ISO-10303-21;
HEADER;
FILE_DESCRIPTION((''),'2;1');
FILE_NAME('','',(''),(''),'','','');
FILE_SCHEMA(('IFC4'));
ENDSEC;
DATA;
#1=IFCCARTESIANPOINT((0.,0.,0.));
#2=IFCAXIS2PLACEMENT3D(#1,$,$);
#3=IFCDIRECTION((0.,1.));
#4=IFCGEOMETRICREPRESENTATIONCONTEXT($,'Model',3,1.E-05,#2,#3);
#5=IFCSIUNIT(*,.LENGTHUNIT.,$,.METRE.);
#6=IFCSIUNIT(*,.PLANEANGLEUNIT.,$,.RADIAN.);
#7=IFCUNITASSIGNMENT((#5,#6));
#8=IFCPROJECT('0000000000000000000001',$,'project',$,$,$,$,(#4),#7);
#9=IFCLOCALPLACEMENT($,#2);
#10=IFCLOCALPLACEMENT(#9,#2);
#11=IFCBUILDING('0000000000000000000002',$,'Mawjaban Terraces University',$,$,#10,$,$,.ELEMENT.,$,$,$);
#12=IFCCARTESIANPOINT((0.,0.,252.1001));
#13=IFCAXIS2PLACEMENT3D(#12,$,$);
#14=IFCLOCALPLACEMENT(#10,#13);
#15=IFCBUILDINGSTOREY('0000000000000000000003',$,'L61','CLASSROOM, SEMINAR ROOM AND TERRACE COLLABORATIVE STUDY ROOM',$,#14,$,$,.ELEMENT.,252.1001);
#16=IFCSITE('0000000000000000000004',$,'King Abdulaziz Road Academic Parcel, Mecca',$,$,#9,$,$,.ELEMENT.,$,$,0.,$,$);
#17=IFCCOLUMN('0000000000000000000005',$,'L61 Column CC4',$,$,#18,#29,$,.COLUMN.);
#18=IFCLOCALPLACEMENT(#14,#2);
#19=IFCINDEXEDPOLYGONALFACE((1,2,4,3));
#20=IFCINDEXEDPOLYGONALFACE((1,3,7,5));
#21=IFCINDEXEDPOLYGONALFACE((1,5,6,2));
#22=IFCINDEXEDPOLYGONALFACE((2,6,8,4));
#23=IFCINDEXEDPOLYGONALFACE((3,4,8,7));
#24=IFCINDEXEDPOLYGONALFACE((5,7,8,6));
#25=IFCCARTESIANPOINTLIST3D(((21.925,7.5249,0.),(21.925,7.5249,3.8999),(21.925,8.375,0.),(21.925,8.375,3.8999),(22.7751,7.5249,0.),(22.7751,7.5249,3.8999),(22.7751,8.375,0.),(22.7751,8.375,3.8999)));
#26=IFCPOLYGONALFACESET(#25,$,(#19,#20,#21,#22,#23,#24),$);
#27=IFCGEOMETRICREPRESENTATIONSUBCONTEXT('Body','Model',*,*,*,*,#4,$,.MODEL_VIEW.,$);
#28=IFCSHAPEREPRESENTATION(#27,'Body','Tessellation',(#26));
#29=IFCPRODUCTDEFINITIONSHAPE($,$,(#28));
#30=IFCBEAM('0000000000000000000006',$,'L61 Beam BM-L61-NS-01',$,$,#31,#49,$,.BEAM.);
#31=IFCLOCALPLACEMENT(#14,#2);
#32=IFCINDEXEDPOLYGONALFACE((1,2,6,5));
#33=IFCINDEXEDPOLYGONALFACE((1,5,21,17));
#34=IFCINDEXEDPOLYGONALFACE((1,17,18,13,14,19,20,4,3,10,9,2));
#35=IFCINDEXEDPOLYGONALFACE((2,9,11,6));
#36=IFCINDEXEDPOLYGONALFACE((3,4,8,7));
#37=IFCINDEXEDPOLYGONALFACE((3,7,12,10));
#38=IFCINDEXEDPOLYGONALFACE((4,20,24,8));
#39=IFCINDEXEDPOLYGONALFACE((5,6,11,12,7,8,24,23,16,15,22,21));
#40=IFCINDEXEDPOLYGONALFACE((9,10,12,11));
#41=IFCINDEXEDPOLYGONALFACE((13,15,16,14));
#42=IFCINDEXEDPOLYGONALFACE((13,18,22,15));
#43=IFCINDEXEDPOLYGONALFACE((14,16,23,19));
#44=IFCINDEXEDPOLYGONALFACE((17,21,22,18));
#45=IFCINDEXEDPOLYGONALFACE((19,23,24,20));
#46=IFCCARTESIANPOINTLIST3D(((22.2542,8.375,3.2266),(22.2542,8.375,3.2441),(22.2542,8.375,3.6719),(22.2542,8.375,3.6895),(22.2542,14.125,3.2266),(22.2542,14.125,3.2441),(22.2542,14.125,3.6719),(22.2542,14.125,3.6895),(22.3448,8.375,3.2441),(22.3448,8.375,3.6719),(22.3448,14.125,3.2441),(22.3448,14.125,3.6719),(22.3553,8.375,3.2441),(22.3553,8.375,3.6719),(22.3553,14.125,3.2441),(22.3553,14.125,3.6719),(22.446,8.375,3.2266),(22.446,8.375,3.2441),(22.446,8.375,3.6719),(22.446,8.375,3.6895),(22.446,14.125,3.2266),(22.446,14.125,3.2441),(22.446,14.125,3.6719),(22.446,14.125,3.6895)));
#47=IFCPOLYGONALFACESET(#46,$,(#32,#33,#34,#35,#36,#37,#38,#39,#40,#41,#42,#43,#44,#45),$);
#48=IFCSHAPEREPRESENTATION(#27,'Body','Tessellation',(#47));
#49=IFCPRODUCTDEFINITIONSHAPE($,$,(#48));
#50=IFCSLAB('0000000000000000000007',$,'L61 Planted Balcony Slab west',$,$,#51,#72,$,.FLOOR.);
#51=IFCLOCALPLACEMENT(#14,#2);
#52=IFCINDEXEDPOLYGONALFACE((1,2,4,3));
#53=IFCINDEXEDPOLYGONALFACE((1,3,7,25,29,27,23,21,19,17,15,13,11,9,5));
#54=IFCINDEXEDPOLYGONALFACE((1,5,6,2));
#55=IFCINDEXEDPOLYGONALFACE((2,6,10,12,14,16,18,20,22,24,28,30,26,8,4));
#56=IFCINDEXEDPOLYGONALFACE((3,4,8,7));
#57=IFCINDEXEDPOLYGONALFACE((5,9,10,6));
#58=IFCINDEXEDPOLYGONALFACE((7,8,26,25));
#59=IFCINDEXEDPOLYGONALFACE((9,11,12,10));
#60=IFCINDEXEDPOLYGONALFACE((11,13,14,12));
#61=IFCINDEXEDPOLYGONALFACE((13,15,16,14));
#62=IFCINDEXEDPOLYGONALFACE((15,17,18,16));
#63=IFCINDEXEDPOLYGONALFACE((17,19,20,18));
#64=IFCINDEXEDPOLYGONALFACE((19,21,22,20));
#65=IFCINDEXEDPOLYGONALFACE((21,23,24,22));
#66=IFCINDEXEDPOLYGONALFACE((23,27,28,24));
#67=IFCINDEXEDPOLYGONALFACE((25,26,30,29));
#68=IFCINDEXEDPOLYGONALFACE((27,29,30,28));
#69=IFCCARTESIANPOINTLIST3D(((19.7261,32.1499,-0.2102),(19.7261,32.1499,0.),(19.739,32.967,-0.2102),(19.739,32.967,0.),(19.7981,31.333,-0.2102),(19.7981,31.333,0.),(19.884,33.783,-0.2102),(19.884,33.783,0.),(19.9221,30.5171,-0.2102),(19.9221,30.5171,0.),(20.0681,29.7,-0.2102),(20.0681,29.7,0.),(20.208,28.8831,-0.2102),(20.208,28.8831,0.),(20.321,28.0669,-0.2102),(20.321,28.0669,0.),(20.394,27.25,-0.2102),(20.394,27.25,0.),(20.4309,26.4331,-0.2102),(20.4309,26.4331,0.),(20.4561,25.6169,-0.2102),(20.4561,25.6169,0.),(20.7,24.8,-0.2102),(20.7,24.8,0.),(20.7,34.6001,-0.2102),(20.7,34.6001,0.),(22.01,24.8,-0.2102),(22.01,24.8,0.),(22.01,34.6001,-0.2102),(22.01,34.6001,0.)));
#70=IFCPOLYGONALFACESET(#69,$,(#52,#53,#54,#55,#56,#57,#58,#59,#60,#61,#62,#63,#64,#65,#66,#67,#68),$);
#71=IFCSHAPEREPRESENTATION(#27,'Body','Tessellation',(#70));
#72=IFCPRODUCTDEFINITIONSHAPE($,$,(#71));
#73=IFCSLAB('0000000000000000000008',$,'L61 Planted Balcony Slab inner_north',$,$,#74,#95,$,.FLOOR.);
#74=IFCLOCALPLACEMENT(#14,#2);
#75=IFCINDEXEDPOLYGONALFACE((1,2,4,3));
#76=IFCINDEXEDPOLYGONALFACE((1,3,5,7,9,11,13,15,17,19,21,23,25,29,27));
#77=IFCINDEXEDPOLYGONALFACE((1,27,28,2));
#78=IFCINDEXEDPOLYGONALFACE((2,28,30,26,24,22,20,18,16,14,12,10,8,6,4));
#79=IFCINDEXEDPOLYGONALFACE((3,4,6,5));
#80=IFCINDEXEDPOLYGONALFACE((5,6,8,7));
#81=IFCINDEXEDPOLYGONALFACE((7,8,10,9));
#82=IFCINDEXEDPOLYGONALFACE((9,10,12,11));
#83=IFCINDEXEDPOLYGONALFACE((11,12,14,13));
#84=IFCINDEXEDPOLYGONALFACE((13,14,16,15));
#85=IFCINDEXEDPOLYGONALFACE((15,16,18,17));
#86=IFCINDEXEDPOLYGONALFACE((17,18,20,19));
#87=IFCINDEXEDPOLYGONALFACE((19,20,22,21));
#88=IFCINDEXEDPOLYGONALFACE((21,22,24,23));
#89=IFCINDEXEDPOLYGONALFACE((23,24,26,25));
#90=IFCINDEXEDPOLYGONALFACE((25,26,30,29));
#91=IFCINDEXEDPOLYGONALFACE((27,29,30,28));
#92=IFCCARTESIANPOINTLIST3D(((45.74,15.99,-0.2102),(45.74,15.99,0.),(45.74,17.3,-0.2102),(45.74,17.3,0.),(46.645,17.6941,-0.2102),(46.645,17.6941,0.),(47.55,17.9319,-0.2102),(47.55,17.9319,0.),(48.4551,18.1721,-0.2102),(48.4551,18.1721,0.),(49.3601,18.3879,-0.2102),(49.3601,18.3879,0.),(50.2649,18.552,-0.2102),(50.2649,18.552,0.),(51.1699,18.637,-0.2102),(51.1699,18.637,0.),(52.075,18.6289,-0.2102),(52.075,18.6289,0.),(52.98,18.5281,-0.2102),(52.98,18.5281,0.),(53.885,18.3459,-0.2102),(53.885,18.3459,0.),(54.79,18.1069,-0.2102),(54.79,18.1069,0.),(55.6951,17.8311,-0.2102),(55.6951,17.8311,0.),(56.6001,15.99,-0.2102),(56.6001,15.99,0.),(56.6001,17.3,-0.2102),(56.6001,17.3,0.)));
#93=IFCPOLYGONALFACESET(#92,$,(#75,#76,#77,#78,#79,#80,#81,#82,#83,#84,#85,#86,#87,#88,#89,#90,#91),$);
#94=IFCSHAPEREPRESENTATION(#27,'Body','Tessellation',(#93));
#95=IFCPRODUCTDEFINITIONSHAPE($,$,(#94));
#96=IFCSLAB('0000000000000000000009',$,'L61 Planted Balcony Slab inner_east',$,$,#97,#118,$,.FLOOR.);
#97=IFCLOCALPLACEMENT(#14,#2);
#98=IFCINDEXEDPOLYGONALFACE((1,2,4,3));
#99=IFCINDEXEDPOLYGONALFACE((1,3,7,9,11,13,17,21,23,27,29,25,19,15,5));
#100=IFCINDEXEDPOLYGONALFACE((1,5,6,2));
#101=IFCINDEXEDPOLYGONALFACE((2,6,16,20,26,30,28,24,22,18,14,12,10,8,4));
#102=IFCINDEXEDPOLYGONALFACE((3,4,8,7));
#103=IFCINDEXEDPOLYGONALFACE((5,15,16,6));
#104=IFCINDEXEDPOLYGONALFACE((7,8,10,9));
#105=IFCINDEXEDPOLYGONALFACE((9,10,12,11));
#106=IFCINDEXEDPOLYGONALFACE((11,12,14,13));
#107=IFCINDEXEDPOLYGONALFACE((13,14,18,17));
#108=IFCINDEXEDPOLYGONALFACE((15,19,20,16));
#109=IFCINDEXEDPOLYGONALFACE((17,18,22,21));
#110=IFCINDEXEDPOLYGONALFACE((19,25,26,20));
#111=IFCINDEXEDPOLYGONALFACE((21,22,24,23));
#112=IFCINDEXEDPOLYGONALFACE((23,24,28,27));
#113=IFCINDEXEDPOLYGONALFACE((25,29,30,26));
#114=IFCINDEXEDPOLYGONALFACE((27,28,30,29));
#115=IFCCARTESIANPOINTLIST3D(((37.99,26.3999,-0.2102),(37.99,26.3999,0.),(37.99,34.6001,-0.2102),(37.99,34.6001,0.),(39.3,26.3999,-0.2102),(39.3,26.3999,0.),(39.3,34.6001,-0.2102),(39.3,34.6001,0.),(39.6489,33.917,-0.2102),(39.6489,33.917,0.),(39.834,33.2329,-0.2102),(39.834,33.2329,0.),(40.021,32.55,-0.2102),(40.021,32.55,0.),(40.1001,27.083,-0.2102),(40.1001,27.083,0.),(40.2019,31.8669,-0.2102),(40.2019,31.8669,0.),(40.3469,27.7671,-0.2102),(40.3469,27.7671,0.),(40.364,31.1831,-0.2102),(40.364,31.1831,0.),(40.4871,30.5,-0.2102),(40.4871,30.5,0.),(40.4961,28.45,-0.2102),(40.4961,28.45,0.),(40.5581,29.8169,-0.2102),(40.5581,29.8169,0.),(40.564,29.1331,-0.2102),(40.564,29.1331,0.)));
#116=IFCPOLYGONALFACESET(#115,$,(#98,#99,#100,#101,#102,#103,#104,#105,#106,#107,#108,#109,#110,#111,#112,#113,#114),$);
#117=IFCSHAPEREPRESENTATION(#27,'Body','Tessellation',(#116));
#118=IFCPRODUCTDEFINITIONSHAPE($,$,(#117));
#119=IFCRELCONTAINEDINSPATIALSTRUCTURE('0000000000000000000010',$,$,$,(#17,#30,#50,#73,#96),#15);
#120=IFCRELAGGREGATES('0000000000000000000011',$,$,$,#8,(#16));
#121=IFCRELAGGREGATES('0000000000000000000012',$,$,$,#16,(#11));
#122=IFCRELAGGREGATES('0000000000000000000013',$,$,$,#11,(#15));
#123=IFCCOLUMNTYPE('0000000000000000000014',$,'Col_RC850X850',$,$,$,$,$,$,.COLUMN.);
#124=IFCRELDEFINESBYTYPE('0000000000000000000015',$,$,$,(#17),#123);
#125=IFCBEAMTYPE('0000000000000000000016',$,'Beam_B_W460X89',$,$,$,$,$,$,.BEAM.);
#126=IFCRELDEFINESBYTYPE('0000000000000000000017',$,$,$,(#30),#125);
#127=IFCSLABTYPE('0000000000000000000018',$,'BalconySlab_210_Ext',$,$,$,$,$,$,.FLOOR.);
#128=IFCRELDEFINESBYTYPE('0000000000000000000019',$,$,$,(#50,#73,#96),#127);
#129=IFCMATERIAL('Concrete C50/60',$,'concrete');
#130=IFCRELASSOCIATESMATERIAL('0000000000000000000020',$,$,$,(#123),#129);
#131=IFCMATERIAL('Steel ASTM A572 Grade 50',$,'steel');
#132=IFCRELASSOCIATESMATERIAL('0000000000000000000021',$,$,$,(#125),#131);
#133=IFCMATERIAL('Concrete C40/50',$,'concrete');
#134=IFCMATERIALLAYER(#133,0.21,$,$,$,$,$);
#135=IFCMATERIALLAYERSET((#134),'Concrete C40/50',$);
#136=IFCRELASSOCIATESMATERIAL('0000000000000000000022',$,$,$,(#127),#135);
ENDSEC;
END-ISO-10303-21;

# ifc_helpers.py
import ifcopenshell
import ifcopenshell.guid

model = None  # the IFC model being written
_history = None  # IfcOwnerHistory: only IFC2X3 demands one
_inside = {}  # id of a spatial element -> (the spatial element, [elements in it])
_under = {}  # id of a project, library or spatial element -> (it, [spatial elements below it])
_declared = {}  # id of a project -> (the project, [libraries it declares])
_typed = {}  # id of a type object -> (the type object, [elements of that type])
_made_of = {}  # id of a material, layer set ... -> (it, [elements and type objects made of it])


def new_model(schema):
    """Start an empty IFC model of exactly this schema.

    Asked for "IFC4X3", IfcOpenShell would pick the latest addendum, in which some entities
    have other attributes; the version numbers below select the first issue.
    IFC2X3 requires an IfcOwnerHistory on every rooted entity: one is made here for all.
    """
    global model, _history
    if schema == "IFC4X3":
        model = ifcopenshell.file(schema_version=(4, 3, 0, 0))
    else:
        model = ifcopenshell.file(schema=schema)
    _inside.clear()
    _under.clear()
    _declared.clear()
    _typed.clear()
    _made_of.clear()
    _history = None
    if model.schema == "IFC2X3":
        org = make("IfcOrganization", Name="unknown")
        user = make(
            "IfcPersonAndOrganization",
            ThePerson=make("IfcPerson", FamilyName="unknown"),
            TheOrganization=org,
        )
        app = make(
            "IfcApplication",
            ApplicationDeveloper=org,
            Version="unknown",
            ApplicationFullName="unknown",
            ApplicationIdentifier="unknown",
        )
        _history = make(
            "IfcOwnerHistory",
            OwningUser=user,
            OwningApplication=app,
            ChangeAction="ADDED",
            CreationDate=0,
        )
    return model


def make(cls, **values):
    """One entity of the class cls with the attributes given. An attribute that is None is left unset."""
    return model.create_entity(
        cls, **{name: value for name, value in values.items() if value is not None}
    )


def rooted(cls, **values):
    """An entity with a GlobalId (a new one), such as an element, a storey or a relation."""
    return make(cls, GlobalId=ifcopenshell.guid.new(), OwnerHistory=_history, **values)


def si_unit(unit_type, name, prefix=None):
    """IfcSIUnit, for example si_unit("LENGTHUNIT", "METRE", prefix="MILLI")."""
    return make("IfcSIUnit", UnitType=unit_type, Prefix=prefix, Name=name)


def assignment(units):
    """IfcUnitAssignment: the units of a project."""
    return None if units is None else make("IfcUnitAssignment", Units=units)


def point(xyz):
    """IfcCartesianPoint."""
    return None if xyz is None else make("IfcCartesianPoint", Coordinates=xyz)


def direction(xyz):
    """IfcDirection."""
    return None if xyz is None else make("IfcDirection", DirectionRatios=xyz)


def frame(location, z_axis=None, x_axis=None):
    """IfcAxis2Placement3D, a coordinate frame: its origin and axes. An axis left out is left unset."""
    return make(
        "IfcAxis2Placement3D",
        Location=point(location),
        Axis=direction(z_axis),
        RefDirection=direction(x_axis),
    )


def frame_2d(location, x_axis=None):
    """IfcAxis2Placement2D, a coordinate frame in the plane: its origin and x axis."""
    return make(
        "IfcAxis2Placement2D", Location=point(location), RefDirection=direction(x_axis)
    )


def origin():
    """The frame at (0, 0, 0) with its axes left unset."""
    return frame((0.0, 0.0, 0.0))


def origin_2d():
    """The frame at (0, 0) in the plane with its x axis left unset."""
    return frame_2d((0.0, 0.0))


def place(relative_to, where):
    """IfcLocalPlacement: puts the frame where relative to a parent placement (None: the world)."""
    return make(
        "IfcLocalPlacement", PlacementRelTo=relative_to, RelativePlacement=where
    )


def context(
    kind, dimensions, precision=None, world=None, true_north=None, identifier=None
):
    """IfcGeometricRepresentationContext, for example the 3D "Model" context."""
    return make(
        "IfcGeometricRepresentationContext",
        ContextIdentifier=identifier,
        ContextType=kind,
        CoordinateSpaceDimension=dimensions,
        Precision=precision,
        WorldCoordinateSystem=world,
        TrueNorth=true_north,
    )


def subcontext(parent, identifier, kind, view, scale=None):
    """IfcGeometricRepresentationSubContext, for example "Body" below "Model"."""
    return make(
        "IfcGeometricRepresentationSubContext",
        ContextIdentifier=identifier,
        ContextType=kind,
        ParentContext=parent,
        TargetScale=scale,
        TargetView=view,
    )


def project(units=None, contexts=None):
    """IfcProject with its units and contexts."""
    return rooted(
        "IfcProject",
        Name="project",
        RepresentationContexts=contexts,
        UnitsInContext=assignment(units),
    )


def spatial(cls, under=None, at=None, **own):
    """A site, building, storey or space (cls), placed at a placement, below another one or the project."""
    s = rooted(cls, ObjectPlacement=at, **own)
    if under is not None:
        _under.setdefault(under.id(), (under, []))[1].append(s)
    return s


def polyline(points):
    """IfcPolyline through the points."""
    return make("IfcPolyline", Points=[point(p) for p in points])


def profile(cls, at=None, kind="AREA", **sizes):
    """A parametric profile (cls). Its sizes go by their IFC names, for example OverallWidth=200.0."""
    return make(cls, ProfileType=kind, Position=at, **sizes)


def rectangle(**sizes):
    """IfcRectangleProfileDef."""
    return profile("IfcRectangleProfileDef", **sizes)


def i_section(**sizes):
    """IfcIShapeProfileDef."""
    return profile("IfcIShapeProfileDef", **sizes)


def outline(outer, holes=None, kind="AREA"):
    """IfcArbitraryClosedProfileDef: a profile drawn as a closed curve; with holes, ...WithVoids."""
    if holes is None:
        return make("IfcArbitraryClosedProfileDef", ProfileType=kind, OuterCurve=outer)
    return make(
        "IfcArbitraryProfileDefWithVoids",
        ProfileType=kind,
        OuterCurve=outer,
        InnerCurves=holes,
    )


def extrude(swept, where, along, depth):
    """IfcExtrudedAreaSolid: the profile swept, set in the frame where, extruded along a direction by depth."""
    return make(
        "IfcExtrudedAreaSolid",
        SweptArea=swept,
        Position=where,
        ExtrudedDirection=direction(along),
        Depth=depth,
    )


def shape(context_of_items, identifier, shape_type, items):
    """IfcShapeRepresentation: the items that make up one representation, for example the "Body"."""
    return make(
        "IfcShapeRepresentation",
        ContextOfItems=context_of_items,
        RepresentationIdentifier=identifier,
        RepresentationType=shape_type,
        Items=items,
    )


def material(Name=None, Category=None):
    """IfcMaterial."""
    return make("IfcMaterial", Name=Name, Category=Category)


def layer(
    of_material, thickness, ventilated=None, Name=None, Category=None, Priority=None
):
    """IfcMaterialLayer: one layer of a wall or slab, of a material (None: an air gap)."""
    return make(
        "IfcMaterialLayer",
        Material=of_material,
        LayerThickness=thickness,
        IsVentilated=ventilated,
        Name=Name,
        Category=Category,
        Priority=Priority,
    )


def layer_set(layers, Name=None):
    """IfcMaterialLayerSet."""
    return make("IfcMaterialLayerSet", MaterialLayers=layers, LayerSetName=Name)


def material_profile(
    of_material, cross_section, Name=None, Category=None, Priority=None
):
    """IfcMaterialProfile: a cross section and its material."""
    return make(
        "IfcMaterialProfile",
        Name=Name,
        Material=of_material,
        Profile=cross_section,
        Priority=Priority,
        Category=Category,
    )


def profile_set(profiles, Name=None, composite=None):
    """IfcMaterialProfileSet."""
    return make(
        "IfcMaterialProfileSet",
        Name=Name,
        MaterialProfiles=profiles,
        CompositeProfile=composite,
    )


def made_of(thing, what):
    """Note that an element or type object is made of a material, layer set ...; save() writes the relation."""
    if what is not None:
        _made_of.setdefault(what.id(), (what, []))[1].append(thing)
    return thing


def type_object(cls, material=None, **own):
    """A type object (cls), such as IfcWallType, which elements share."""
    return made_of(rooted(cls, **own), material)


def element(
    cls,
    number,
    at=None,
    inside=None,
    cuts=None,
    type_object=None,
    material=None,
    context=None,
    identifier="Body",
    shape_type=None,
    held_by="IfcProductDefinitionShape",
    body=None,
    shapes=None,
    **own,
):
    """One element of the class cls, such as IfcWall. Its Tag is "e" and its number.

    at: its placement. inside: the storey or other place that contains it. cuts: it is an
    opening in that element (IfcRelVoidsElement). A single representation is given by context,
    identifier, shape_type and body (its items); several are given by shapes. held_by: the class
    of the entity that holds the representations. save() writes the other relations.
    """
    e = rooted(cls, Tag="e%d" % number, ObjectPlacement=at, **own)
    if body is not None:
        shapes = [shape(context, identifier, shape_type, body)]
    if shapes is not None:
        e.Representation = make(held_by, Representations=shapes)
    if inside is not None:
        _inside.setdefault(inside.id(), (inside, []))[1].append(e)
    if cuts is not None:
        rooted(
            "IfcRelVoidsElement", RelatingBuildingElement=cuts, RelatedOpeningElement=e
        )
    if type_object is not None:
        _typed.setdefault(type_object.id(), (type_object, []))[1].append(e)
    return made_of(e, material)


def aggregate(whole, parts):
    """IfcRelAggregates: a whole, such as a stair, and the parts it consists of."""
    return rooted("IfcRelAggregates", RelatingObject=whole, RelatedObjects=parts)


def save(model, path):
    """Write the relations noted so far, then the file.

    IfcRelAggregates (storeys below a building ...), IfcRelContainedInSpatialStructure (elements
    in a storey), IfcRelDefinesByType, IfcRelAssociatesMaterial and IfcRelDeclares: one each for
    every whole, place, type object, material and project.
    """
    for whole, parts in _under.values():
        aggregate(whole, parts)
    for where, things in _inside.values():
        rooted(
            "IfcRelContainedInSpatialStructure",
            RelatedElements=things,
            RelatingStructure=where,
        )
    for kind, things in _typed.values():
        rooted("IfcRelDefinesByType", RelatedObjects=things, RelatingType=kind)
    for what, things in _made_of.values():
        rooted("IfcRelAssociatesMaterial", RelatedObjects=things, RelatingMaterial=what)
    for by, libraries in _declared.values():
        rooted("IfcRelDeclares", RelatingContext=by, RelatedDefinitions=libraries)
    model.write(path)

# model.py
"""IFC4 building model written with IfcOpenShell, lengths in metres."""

from ifc_helpers import new_model, si_unit, direction, frame, origin, origin_2d, place, context, subcontext, project, spatial, polyline, rectangle, i_section, outline, extrude, material, layer, layer_set, material_profile, profile_set, type_object, element, save


model = new_model("IFC4")

# Units and contexts
model_context = context("Model", 3, precision=1e-05, world=origin(), true_north=direction((0.0, 1.0)))
body_context = subcontext(model_context, "Body", "Model", "MODEL_VIEW")
ifc_project = project(units=[si_unit("LENGTHUNIT", "METRE"), si_unit("PLANEANGLEUNIT", "RADIAN")], contexts=[model_context])

# Site, building, storey
site_placement = place(None, origin())
site = spatial("IfcSite", under=ifc_project, at=site_placement, Name="King Abdulaziz Road Academic Parcel, Mecca", CompositionType="ELEMENT", RefElevation=0.0)
building_placement = place(site_placement, origin())
building = spatial("IfcBuilding", under=site, at=building_placement, Name="Mawjaban Terraces University", CompositionType="ELEMENT")
storey_placement = place(building_placement, frame((0.0, 0.0, 252.1001)))
storey = spatial("IfcBuildingStorey", under=building, at=storey_placement, Name="L61", Description="CLASSROOM, SEMINAR ROOM AND TERRACE COLLABORATIVE STUDY ROOM", CompositionType="ELEMENT", Elevation=252.1001)

# Column
ifc_material_1 = material(Name="Concrete C50/60", Category="concrete")
ifc_material_profile_1 = material_profile(ifc_material_1, rectangle(XDim=0.8501, YDim=0.8501, at=origin_2d()), Name="RC850X850")
ifc_profile_set_1 = profile_set([ifc_material_profile_1], Name="Concrete C50/60")
column_type = type_object("IfcColumnType", Name="Col_RC850X850", PredefinedType="COLUMN", material=ifc_profile_set_1)
column_placement = place(storey_placement, frame((22.3501, 7.95, 0.0), z_axis=(0.0, 0.0, 1.0), x_axis=(1.0, 0.0, 0.0)))
element("IfcColumn", 1, at=column_placement, inside=storey, type_object=column_type, Name="L61 Column CC4", PredefinedType="COLUMN", context=body_context, shape_type="SweptSolid", body=[
    extrude(rectangle(XDim=0.8501, YDim=0.8501, at=origin_2d()), origin(), (0.0, 0.0, 1.0), 3.8999),
])

# Beam
ifc_material_2 = material(Name="Steel ASTM A572 Grade 50", Category="steel")
ifc_material_profile_2 = material_profile(ifc_material_2, i_section(OverallWidth=0.1919, OverallDepth=0.4629, WebThickness=0.0105, FlangeThickness=0.0176, at=origin_2d()), Name="W460X89")
ifc_profile_set_2 = profile_set([ifc_material_profile_2], Name="Steel ASTM A572 Grade 50")
beam_type = type_object("IfcBeamType", Name="Beam_B_W460X89", PredefinedType="BEAM", material=ifc_profile_set_2)
beam_placement = place(storey_placement, frame((22.3501, 8.375, 3.458), z_axis=(0.0, 1.0, 0.0), x_axis=(-1.0, 0.0, 0.0)))
element("IfcBeam", 2, at=beam_placement, inside=storey, type_object=beam_type, Name="L61 Beam BM-L61-NS-01", PredefinedType="BEAM", context=body_context, shape_type="SweptSolid", body=[
    extrude(i_section(OverallWidth=0.1919, OverallDepth=0.4629, WebThickness=0.0105, FlangeThickness=0.0176, at=origin_2d()), origin(), (0.0, 0.0, 1.0), 5.75),
])

# Slabs
ifc_material_3 = material(Name="Concrete C40/50", Category="concrete")
ifc_layer_1 = layer(ifc_material_3, 0.21)
ifc_layer_set_1 = layer_set([ifc_layer_1], Name="Concrete C40/50")
slab_type_1 = type_object("IfcSlabType", Name="BalconySlab_210_Ext", PredefinedType="FLOOR", material=ifc_layer_set_1)
slab_1_placement = place(storey_placement, frame((0.0, 0.0, -0.2102)))
element("IfcSlab", 3, at=slab_1_placement, inside=storey, type_object=slab_type_1, Name="L61 Planted Balcony Slab west", PredefinedType="FLOOR", context=body_context, shape_type="SweptSolid", body=[
    extrude(outline(polyline([(22.01, 24.8), (22.01, 34.6001), (20.7, 34.6001), (19.884, 33.783), (19.739, 32.967), (19.7261, 32.1499), (19.7981, 31.333), (19.9221, 30.5171), (20.0681, 29.7), (20.208, 28.8831), (20.321, 28.0669), (20.394, 27.25), (20.4309, 26.4331), (20.4561, 25.6169), (20.7, 24.8), (22.01, 24.8)])), origin(), (0.0, 0.0, 1.0), 0.2102),
])
slab_2_placement = place(storey_placement, frame((0.0, 0.0, -0.2102)))
element("IfcSlab", 4, at=slab_2_placement, inside=storey, type_object=slab_type_1, Name="L61 Planted Balcony Slab inner_north", PredefinedType="FLOOR", context=body_context, shape_type="SweptSolid", body=[
    extrude(outline(polyline([(45.74, 15.99), (56.6001, 15.99), (56.6001, 17.3), (55.6951, 17.8311), (54.79, 18.1069), (53.885, 18.3459), (52.98, 18.5281), (52.075, 18.6289), (51.1699, 18.637), (50.2649, 18.552), (49.3601, 18.3879), (48.4551, 18.1721), (47.55, 17.9319), (46.645, 17.6941), (45.74, 17.3), (45.74, 15.99)])), origin(), (0.0, 0.0, 1.0), 0.2102),
])
slab_3_placement = place(storey_placement, frame((0.0, 0.0, -0.2102)))
element("IfcSlab", 5, at=slab_3_placement, inside=storey, type_object=slab_type_1, Name="L61 Planted Balcony Slab inner_east", PredefinedType="FLOOR", context=body_context, shape_type="SweptSolid", body=[
    extrude(outline(polyline([(39.3, 26.3999), (40.1001, 27.083), (40.3469, 27.7671), (40.4961, 28.45), (40.564, 29.1331), (40.5581, 29.8169), (40.4871, 30.5), (40.364, 31.1831), (40.2019, 31.8669), (40.021, 32.55), (39.834, 33.2329), (39.6489, 33.917), (39.3, 34.6001), (37.99, 34.6001), (37.99, 26.3999), (39.3, 26.3999)])), origin(), (0.0, 0.0, 1.0), 0.2102),
])

save(model, "model.ifc")
